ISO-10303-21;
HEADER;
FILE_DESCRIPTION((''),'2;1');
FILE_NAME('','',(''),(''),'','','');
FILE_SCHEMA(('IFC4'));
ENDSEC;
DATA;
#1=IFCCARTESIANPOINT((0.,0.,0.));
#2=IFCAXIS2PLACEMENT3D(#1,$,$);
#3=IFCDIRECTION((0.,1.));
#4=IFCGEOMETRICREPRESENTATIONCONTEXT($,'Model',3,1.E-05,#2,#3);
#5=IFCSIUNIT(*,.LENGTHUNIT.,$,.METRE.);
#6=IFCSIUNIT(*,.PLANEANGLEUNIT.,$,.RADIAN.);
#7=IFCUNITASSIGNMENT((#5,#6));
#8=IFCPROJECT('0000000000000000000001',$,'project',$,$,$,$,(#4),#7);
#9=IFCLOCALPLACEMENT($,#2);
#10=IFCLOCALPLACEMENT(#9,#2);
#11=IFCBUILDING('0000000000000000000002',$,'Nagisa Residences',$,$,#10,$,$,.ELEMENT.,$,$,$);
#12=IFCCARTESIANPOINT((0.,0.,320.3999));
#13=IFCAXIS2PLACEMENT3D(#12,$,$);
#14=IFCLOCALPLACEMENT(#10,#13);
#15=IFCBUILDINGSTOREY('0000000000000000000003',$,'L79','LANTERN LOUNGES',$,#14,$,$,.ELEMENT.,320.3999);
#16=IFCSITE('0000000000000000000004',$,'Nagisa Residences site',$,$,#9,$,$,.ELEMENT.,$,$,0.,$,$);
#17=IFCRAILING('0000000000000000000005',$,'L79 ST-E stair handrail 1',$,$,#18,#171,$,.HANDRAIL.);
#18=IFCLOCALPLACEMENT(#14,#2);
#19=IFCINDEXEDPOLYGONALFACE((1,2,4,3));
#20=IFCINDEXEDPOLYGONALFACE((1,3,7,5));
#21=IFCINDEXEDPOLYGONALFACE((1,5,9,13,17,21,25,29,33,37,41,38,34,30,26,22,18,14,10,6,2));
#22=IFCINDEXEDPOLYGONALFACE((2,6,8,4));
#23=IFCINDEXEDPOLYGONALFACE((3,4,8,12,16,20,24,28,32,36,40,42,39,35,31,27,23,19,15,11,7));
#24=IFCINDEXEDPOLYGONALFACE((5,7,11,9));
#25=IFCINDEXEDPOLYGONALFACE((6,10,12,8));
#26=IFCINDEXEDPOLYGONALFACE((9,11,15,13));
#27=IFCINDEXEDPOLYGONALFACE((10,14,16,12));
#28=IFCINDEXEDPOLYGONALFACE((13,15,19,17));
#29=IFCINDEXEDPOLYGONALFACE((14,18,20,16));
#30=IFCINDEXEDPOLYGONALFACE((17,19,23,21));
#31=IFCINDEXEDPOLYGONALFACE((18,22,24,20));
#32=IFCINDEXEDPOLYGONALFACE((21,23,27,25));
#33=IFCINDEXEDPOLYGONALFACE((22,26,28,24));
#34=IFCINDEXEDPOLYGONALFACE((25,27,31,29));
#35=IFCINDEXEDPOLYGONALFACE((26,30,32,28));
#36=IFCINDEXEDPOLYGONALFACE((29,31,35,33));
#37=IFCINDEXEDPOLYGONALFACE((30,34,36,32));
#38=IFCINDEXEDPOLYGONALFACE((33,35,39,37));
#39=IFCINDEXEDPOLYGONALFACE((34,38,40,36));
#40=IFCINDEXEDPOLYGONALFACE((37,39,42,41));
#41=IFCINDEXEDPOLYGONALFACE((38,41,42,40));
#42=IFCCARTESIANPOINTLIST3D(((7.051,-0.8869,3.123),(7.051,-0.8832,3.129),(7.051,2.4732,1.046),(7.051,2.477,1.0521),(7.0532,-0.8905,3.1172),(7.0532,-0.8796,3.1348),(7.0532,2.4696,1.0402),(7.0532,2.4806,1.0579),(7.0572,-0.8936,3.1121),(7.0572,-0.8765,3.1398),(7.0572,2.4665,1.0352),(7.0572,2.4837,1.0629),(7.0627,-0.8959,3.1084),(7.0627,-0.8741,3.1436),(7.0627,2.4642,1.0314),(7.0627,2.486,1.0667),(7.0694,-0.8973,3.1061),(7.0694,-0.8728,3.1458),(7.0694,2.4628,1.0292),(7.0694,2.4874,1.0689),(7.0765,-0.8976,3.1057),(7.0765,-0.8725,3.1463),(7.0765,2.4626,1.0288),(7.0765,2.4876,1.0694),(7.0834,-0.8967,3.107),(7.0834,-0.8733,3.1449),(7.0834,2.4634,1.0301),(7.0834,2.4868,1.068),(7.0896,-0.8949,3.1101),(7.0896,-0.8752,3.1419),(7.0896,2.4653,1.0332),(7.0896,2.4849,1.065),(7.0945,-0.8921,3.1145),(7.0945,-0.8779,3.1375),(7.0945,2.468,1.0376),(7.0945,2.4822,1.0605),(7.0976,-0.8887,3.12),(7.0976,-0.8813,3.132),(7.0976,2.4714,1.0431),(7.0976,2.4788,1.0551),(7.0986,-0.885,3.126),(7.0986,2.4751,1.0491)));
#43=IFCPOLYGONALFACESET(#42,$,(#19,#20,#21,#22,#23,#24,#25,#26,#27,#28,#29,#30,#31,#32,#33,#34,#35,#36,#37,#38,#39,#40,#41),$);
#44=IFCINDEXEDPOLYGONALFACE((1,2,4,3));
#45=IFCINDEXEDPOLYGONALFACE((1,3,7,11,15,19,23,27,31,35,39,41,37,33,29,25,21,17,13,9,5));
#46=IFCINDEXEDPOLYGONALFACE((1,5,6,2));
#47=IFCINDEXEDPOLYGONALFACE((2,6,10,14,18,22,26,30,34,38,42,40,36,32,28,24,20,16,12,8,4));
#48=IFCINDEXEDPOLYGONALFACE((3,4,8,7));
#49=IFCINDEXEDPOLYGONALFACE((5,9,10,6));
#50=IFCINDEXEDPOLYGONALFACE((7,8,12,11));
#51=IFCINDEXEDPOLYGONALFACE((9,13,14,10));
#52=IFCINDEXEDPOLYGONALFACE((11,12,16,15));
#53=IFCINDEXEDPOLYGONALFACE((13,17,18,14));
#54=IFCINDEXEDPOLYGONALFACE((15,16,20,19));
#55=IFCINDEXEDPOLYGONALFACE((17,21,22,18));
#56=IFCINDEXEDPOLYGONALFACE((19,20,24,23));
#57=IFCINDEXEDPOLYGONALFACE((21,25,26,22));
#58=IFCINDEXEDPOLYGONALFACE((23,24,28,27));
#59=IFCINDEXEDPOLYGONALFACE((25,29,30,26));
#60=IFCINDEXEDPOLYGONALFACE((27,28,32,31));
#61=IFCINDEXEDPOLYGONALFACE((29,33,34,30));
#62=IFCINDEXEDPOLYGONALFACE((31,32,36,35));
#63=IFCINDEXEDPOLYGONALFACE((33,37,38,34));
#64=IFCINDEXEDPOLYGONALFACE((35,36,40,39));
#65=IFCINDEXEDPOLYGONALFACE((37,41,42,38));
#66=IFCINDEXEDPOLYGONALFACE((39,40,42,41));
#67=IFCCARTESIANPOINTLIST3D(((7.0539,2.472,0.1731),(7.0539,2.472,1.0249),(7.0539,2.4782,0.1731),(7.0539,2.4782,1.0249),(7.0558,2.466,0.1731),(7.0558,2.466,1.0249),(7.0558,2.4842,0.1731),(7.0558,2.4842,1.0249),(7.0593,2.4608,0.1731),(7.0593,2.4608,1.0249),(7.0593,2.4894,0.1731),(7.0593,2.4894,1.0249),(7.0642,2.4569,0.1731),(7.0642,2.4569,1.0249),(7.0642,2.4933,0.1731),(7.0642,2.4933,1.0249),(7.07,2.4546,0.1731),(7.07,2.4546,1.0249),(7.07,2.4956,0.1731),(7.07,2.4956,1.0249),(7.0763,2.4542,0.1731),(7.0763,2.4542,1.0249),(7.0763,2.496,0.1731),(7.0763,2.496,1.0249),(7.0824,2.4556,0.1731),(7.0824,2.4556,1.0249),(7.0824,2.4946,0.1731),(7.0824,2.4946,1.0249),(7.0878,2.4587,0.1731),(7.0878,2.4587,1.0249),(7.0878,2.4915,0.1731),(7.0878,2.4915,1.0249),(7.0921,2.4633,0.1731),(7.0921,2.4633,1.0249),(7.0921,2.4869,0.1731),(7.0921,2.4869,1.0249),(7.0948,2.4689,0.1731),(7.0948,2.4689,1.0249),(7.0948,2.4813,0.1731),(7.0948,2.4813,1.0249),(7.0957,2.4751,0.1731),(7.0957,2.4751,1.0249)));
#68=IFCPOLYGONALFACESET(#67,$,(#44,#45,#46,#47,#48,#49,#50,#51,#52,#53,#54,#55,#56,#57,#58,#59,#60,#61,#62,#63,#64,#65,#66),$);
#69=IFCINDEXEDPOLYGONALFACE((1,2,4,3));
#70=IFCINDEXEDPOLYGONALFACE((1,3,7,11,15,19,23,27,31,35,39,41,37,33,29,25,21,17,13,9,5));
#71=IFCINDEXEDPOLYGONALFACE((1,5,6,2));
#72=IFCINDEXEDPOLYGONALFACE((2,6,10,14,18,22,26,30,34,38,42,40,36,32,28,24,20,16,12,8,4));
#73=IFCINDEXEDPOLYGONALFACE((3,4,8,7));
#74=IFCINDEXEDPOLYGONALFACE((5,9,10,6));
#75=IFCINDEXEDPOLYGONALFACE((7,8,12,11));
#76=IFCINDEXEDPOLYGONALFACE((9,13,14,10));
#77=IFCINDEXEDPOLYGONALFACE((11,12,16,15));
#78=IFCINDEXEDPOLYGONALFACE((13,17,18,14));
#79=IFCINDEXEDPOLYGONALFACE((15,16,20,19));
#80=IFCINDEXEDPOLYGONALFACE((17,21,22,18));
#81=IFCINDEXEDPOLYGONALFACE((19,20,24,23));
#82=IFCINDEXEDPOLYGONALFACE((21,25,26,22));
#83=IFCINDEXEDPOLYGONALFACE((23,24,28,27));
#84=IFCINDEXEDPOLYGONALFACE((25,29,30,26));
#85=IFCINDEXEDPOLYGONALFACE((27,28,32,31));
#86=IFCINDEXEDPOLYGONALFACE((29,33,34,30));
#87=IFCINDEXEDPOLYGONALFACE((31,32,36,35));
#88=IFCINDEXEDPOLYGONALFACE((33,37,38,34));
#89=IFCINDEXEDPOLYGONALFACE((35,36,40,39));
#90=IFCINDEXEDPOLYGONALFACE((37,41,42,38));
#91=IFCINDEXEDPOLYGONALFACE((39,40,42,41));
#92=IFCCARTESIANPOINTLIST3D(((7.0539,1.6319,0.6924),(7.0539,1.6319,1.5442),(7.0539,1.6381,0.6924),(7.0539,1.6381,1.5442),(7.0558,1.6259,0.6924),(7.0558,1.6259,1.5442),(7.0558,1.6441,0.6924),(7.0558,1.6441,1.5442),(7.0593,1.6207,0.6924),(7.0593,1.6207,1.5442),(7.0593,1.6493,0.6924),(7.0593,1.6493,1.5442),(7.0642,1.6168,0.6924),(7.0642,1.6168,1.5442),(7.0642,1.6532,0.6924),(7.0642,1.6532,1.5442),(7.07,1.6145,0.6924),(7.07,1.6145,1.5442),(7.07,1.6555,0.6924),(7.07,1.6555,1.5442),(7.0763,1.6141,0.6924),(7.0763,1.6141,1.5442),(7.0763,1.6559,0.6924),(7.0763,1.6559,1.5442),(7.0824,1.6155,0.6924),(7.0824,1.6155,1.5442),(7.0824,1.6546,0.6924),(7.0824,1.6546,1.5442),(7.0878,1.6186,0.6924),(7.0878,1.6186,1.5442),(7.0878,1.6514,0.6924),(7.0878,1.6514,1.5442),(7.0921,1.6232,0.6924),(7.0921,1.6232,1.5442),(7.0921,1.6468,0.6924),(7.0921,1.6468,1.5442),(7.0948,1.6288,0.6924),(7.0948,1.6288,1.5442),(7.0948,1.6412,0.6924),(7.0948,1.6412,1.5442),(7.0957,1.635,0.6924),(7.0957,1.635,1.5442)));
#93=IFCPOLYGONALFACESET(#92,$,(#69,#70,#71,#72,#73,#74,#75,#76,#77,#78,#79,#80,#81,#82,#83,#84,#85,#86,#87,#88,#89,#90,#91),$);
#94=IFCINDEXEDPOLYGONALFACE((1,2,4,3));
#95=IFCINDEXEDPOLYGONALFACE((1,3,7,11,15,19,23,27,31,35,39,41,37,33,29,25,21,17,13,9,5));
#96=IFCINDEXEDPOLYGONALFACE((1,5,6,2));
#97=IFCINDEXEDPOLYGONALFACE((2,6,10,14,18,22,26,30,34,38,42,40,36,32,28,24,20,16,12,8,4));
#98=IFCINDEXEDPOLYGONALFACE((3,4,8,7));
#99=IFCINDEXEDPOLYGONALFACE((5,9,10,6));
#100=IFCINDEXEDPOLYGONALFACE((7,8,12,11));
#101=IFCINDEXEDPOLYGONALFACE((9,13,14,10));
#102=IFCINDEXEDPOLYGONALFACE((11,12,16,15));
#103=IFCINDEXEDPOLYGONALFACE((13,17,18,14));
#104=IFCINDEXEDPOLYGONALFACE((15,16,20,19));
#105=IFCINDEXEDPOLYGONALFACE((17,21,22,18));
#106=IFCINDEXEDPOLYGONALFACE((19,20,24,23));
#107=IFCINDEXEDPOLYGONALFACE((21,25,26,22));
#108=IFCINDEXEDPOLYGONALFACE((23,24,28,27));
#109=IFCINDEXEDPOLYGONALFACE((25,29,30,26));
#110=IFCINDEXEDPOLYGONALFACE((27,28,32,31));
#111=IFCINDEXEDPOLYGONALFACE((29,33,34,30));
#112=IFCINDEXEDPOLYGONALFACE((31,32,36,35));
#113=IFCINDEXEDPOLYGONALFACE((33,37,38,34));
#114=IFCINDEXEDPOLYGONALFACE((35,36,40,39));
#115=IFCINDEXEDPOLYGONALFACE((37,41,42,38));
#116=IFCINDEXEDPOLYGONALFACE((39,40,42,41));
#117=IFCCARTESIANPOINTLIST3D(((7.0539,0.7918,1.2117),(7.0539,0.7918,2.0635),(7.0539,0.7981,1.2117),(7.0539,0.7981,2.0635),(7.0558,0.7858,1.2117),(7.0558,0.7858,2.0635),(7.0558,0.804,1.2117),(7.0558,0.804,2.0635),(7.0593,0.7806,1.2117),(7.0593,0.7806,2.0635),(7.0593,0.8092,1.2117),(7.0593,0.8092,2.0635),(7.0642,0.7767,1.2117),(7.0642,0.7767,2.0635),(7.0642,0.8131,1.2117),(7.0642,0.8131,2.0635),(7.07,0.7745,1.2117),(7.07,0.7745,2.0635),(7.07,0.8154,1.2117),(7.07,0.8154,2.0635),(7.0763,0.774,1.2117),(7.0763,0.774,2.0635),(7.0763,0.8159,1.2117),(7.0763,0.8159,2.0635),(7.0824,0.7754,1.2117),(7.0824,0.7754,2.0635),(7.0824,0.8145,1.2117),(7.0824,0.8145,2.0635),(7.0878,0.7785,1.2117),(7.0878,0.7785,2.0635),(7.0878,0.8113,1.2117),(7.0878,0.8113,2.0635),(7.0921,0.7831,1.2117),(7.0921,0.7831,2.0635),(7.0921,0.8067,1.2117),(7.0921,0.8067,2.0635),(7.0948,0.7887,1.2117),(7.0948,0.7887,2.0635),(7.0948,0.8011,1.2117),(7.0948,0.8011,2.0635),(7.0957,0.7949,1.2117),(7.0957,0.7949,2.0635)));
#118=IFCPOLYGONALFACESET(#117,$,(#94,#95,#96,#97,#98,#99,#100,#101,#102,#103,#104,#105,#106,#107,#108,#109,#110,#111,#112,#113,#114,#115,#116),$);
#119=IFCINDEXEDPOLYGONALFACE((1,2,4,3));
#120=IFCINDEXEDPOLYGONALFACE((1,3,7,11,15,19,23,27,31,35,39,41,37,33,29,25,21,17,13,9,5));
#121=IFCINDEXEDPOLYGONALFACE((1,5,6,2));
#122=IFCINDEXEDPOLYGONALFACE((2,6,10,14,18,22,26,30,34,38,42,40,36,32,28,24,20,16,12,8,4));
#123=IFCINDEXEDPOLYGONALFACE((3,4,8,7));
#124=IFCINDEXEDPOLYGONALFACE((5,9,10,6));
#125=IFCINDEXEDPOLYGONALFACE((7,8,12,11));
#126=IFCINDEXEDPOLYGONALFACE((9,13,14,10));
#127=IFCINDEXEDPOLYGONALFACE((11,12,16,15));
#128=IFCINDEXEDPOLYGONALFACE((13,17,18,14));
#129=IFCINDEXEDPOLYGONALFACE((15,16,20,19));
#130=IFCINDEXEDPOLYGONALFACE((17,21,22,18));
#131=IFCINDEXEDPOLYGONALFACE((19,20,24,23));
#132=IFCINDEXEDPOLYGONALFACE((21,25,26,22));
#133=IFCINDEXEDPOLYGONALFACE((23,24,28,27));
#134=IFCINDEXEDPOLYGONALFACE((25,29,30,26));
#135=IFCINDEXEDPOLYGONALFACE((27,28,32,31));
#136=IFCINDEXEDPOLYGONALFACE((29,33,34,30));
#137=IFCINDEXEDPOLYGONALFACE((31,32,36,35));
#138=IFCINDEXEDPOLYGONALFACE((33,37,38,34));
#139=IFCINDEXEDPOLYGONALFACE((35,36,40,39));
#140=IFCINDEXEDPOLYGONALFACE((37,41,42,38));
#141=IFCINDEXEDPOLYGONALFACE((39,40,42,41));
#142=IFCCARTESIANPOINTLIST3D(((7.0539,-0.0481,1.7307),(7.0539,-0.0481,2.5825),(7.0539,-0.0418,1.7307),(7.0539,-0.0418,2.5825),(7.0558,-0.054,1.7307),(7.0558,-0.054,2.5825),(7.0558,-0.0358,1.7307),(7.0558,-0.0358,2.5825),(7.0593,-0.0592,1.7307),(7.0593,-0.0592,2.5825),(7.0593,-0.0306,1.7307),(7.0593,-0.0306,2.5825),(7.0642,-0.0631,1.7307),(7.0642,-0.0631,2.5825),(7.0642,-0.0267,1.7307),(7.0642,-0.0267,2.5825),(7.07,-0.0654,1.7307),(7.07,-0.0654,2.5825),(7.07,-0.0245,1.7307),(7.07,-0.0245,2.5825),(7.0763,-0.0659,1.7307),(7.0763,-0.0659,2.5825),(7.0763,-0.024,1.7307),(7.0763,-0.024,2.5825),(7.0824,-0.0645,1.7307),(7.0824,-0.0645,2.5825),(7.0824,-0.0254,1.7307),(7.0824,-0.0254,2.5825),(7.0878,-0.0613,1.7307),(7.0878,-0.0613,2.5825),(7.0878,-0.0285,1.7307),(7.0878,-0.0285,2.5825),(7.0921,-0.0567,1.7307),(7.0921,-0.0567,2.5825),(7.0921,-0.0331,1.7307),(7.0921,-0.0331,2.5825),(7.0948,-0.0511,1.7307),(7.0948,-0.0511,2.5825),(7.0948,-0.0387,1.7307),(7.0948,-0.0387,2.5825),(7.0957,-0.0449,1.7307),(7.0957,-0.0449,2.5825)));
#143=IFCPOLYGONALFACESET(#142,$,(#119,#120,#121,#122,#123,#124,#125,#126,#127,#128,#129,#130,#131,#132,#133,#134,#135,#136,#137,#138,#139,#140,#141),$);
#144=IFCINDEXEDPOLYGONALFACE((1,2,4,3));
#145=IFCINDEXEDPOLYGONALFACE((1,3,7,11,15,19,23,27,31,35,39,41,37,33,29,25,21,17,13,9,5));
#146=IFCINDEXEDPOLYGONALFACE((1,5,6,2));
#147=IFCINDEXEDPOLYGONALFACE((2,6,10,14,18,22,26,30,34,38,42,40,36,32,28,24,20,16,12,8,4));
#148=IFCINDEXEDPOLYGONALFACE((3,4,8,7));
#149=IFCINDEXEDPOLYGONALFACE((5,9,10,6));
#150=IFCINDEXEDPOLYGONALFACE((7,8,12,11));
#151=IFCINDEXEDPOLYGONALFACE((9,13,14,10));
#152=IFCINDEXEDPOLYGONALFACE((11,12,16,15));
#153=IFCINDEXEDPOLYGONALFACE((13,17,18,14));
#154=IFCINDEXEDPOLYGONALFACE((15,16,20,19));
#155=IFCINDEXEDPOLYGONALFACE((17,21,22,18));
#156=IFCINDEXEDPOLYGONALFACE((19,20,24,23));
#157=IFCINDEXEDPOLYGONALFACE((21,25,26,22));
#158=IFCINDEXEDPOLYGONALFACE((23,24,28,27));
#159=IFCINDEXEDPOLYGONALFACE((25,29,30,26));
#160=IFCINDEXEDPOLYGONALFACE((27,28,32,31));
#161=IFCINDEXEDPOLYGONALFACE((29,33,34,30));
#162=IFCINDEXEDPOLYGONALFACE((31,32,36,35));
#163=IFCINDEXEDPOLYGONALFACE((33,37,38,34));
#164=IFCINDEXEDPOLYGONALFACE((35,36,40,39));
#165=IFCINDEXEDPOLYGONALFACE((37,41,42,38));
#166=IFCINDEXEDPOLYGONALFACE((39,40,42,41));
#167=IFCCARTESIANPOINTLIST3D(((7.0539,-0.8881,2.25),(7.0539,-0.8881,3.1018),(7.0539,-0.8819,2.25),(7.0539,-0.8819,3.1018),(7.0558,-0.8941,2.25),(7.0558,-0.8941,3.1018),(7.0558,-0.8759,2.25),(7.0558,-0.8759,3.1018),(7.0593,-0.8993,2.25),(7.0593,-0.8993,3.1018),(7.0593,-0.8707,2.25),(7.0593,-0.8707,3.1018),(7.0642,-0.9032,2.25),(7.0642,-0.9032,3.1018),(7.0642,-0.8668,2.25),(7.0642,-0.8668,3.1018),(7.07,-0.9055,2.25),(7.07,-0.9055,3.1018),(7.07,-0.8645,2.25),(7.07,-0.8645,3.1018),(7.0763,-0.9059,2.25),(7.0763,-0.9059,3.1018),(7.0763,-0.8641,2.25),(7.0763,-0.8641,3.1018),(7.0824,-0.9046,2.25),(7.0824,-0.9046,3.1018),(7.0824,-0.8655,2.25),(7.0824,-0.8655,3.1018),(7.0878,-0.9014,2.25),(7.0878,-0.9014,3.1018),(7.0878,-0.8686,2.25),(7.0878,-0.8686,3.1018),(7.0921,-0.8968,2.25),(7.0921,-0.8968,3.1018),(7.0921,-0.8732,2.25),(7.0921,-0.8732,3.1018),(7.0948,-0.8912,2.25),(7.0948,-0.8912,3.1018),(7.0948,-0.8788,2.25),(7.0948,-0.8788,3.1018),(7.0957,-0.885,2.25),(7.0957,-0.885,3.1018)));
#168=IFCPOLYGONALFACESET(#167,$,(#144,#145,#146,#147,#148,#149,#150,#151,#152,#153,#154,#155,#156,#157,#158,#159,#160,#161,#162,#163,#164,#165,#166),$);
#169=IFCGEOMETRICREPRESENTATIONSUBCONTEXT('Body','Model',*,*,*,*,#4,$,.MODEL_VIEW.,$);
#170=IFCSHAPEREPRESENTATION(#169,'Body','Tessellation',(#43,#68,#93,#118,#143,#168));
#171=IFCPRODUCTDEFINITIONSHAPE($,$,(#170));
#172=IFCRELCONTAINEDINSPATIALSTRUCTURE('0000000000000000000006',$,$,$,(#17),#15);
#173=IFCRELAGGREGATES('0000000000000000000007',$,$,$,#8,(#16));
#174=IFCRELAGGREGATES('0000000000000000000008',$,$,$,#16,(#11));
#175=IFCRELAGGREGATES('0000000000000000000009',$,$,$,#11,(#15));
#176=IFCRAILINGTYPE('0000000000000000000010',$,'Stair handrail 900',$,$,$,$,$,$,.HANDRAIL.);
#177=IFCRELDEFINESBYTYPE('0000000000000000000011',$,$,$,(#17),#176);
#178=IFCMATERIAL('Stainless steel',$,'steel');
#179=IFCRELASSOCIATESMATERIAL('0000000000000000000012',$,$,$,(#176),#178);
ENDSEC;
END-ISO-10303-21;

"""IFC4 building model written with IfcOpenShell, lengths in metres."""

from ifc_helpers import new_model, si_unit, direction, frame, origin, origin_2d, place, context, subcontext, project, spatial, circle, extrude, material, type_object, element, save


model = new_model("IFC4")

# Units and contexts
model_context = context("Model", 3, precision=1e-05, world=origin(), true_north=direction((0.0, 1.0)))
body_context = subcontext(model_context, "Body", "Model", "MODEL_VIEW")
ifc_project = project(units=[si_unit("LENGTHUNIT", "METRE"), si_unit("PLANEANGLEUNIT", "RADIAN")], contexts=[model_context])

# Site, building, storey
site_placement = place(None, origin())
site = spatial("IfcSite", under=ifc_project, at=site_placement, Name="Nagisa Residences site", CompositionType="ELEMENT", RefElevation=0.0)
building_placement = place(site_placement, origin())
building = spatial("IfcBuilding", under=site, at=building_placement, Name="Nagisa Residences", CompositionType="ELEMENT")
storey_placement = place(building_placement, frame((0.0, 0.0, 320.3999)))
storey = spatial("IfcBuildingStorey", under=building, at=storey_placement, Name="L79", Description="LANTERN LOUNGES", CompositionType="ELEMENT", Elevation=320.3999)

# Railing
ifc_material_1 = material(Name="Stainless steel", Category="steel")
railing_type_1 = type_object("IfcRailingType", Name="Stair handrail 900", PredefinedType="HANDRAIL", material=ifc_material_1)
railing_1_placement = place(storey_placement, frame((7.0747, 2.4751, 0.1731)))
element("IfcRailing", 1, at=railing_1_placement, inside=storey, type_object=railing_type_1, Name="L79 ST-E stair handrail 1", PredefinedType="HANDRAIL", context=body_context, shape_type="SweptSolid", body=[
    extrude(circle(Radius=0.0239, at=origin_2d()), frame((0.0, 0.0, 0.876), z_axis=(0.0, -0.850623, 0.525776), x_axis=(1.0, 0.0, 0.0)), (0.0, 0.0, 1.0), 3.9502),
    extrude(circle(Radius=0.021, at=origin_2d()), origin(), (0.0, 0.0, 1.0), 0.8518),
    extrude(circle(Radius=0.021, at=origin_2d()), frame((0.0, -0.8401, 0.5193)), (0.0, 0.0, 1.0), 0.8518),
    extrude(circle(Radius=0.021, at=origin_2d()), frame((0.0, -1.6802, 1.0386)), (0.0, 0.0, 1.0), 0.8518),
    extrude(circle(Radius=0.021, at=origin_2d()), frame((0.0, -2.52, 1.5576)), (0.0, 0.0, 1.0), 0.8518),
    extrude(circle(Radius=0.021, at=origin_2d()), frame((0.0, -3.3601, 2.0769)), (0.0, 0.0, 1.0), 0.8518),
])

save(model, "model.ifc")
